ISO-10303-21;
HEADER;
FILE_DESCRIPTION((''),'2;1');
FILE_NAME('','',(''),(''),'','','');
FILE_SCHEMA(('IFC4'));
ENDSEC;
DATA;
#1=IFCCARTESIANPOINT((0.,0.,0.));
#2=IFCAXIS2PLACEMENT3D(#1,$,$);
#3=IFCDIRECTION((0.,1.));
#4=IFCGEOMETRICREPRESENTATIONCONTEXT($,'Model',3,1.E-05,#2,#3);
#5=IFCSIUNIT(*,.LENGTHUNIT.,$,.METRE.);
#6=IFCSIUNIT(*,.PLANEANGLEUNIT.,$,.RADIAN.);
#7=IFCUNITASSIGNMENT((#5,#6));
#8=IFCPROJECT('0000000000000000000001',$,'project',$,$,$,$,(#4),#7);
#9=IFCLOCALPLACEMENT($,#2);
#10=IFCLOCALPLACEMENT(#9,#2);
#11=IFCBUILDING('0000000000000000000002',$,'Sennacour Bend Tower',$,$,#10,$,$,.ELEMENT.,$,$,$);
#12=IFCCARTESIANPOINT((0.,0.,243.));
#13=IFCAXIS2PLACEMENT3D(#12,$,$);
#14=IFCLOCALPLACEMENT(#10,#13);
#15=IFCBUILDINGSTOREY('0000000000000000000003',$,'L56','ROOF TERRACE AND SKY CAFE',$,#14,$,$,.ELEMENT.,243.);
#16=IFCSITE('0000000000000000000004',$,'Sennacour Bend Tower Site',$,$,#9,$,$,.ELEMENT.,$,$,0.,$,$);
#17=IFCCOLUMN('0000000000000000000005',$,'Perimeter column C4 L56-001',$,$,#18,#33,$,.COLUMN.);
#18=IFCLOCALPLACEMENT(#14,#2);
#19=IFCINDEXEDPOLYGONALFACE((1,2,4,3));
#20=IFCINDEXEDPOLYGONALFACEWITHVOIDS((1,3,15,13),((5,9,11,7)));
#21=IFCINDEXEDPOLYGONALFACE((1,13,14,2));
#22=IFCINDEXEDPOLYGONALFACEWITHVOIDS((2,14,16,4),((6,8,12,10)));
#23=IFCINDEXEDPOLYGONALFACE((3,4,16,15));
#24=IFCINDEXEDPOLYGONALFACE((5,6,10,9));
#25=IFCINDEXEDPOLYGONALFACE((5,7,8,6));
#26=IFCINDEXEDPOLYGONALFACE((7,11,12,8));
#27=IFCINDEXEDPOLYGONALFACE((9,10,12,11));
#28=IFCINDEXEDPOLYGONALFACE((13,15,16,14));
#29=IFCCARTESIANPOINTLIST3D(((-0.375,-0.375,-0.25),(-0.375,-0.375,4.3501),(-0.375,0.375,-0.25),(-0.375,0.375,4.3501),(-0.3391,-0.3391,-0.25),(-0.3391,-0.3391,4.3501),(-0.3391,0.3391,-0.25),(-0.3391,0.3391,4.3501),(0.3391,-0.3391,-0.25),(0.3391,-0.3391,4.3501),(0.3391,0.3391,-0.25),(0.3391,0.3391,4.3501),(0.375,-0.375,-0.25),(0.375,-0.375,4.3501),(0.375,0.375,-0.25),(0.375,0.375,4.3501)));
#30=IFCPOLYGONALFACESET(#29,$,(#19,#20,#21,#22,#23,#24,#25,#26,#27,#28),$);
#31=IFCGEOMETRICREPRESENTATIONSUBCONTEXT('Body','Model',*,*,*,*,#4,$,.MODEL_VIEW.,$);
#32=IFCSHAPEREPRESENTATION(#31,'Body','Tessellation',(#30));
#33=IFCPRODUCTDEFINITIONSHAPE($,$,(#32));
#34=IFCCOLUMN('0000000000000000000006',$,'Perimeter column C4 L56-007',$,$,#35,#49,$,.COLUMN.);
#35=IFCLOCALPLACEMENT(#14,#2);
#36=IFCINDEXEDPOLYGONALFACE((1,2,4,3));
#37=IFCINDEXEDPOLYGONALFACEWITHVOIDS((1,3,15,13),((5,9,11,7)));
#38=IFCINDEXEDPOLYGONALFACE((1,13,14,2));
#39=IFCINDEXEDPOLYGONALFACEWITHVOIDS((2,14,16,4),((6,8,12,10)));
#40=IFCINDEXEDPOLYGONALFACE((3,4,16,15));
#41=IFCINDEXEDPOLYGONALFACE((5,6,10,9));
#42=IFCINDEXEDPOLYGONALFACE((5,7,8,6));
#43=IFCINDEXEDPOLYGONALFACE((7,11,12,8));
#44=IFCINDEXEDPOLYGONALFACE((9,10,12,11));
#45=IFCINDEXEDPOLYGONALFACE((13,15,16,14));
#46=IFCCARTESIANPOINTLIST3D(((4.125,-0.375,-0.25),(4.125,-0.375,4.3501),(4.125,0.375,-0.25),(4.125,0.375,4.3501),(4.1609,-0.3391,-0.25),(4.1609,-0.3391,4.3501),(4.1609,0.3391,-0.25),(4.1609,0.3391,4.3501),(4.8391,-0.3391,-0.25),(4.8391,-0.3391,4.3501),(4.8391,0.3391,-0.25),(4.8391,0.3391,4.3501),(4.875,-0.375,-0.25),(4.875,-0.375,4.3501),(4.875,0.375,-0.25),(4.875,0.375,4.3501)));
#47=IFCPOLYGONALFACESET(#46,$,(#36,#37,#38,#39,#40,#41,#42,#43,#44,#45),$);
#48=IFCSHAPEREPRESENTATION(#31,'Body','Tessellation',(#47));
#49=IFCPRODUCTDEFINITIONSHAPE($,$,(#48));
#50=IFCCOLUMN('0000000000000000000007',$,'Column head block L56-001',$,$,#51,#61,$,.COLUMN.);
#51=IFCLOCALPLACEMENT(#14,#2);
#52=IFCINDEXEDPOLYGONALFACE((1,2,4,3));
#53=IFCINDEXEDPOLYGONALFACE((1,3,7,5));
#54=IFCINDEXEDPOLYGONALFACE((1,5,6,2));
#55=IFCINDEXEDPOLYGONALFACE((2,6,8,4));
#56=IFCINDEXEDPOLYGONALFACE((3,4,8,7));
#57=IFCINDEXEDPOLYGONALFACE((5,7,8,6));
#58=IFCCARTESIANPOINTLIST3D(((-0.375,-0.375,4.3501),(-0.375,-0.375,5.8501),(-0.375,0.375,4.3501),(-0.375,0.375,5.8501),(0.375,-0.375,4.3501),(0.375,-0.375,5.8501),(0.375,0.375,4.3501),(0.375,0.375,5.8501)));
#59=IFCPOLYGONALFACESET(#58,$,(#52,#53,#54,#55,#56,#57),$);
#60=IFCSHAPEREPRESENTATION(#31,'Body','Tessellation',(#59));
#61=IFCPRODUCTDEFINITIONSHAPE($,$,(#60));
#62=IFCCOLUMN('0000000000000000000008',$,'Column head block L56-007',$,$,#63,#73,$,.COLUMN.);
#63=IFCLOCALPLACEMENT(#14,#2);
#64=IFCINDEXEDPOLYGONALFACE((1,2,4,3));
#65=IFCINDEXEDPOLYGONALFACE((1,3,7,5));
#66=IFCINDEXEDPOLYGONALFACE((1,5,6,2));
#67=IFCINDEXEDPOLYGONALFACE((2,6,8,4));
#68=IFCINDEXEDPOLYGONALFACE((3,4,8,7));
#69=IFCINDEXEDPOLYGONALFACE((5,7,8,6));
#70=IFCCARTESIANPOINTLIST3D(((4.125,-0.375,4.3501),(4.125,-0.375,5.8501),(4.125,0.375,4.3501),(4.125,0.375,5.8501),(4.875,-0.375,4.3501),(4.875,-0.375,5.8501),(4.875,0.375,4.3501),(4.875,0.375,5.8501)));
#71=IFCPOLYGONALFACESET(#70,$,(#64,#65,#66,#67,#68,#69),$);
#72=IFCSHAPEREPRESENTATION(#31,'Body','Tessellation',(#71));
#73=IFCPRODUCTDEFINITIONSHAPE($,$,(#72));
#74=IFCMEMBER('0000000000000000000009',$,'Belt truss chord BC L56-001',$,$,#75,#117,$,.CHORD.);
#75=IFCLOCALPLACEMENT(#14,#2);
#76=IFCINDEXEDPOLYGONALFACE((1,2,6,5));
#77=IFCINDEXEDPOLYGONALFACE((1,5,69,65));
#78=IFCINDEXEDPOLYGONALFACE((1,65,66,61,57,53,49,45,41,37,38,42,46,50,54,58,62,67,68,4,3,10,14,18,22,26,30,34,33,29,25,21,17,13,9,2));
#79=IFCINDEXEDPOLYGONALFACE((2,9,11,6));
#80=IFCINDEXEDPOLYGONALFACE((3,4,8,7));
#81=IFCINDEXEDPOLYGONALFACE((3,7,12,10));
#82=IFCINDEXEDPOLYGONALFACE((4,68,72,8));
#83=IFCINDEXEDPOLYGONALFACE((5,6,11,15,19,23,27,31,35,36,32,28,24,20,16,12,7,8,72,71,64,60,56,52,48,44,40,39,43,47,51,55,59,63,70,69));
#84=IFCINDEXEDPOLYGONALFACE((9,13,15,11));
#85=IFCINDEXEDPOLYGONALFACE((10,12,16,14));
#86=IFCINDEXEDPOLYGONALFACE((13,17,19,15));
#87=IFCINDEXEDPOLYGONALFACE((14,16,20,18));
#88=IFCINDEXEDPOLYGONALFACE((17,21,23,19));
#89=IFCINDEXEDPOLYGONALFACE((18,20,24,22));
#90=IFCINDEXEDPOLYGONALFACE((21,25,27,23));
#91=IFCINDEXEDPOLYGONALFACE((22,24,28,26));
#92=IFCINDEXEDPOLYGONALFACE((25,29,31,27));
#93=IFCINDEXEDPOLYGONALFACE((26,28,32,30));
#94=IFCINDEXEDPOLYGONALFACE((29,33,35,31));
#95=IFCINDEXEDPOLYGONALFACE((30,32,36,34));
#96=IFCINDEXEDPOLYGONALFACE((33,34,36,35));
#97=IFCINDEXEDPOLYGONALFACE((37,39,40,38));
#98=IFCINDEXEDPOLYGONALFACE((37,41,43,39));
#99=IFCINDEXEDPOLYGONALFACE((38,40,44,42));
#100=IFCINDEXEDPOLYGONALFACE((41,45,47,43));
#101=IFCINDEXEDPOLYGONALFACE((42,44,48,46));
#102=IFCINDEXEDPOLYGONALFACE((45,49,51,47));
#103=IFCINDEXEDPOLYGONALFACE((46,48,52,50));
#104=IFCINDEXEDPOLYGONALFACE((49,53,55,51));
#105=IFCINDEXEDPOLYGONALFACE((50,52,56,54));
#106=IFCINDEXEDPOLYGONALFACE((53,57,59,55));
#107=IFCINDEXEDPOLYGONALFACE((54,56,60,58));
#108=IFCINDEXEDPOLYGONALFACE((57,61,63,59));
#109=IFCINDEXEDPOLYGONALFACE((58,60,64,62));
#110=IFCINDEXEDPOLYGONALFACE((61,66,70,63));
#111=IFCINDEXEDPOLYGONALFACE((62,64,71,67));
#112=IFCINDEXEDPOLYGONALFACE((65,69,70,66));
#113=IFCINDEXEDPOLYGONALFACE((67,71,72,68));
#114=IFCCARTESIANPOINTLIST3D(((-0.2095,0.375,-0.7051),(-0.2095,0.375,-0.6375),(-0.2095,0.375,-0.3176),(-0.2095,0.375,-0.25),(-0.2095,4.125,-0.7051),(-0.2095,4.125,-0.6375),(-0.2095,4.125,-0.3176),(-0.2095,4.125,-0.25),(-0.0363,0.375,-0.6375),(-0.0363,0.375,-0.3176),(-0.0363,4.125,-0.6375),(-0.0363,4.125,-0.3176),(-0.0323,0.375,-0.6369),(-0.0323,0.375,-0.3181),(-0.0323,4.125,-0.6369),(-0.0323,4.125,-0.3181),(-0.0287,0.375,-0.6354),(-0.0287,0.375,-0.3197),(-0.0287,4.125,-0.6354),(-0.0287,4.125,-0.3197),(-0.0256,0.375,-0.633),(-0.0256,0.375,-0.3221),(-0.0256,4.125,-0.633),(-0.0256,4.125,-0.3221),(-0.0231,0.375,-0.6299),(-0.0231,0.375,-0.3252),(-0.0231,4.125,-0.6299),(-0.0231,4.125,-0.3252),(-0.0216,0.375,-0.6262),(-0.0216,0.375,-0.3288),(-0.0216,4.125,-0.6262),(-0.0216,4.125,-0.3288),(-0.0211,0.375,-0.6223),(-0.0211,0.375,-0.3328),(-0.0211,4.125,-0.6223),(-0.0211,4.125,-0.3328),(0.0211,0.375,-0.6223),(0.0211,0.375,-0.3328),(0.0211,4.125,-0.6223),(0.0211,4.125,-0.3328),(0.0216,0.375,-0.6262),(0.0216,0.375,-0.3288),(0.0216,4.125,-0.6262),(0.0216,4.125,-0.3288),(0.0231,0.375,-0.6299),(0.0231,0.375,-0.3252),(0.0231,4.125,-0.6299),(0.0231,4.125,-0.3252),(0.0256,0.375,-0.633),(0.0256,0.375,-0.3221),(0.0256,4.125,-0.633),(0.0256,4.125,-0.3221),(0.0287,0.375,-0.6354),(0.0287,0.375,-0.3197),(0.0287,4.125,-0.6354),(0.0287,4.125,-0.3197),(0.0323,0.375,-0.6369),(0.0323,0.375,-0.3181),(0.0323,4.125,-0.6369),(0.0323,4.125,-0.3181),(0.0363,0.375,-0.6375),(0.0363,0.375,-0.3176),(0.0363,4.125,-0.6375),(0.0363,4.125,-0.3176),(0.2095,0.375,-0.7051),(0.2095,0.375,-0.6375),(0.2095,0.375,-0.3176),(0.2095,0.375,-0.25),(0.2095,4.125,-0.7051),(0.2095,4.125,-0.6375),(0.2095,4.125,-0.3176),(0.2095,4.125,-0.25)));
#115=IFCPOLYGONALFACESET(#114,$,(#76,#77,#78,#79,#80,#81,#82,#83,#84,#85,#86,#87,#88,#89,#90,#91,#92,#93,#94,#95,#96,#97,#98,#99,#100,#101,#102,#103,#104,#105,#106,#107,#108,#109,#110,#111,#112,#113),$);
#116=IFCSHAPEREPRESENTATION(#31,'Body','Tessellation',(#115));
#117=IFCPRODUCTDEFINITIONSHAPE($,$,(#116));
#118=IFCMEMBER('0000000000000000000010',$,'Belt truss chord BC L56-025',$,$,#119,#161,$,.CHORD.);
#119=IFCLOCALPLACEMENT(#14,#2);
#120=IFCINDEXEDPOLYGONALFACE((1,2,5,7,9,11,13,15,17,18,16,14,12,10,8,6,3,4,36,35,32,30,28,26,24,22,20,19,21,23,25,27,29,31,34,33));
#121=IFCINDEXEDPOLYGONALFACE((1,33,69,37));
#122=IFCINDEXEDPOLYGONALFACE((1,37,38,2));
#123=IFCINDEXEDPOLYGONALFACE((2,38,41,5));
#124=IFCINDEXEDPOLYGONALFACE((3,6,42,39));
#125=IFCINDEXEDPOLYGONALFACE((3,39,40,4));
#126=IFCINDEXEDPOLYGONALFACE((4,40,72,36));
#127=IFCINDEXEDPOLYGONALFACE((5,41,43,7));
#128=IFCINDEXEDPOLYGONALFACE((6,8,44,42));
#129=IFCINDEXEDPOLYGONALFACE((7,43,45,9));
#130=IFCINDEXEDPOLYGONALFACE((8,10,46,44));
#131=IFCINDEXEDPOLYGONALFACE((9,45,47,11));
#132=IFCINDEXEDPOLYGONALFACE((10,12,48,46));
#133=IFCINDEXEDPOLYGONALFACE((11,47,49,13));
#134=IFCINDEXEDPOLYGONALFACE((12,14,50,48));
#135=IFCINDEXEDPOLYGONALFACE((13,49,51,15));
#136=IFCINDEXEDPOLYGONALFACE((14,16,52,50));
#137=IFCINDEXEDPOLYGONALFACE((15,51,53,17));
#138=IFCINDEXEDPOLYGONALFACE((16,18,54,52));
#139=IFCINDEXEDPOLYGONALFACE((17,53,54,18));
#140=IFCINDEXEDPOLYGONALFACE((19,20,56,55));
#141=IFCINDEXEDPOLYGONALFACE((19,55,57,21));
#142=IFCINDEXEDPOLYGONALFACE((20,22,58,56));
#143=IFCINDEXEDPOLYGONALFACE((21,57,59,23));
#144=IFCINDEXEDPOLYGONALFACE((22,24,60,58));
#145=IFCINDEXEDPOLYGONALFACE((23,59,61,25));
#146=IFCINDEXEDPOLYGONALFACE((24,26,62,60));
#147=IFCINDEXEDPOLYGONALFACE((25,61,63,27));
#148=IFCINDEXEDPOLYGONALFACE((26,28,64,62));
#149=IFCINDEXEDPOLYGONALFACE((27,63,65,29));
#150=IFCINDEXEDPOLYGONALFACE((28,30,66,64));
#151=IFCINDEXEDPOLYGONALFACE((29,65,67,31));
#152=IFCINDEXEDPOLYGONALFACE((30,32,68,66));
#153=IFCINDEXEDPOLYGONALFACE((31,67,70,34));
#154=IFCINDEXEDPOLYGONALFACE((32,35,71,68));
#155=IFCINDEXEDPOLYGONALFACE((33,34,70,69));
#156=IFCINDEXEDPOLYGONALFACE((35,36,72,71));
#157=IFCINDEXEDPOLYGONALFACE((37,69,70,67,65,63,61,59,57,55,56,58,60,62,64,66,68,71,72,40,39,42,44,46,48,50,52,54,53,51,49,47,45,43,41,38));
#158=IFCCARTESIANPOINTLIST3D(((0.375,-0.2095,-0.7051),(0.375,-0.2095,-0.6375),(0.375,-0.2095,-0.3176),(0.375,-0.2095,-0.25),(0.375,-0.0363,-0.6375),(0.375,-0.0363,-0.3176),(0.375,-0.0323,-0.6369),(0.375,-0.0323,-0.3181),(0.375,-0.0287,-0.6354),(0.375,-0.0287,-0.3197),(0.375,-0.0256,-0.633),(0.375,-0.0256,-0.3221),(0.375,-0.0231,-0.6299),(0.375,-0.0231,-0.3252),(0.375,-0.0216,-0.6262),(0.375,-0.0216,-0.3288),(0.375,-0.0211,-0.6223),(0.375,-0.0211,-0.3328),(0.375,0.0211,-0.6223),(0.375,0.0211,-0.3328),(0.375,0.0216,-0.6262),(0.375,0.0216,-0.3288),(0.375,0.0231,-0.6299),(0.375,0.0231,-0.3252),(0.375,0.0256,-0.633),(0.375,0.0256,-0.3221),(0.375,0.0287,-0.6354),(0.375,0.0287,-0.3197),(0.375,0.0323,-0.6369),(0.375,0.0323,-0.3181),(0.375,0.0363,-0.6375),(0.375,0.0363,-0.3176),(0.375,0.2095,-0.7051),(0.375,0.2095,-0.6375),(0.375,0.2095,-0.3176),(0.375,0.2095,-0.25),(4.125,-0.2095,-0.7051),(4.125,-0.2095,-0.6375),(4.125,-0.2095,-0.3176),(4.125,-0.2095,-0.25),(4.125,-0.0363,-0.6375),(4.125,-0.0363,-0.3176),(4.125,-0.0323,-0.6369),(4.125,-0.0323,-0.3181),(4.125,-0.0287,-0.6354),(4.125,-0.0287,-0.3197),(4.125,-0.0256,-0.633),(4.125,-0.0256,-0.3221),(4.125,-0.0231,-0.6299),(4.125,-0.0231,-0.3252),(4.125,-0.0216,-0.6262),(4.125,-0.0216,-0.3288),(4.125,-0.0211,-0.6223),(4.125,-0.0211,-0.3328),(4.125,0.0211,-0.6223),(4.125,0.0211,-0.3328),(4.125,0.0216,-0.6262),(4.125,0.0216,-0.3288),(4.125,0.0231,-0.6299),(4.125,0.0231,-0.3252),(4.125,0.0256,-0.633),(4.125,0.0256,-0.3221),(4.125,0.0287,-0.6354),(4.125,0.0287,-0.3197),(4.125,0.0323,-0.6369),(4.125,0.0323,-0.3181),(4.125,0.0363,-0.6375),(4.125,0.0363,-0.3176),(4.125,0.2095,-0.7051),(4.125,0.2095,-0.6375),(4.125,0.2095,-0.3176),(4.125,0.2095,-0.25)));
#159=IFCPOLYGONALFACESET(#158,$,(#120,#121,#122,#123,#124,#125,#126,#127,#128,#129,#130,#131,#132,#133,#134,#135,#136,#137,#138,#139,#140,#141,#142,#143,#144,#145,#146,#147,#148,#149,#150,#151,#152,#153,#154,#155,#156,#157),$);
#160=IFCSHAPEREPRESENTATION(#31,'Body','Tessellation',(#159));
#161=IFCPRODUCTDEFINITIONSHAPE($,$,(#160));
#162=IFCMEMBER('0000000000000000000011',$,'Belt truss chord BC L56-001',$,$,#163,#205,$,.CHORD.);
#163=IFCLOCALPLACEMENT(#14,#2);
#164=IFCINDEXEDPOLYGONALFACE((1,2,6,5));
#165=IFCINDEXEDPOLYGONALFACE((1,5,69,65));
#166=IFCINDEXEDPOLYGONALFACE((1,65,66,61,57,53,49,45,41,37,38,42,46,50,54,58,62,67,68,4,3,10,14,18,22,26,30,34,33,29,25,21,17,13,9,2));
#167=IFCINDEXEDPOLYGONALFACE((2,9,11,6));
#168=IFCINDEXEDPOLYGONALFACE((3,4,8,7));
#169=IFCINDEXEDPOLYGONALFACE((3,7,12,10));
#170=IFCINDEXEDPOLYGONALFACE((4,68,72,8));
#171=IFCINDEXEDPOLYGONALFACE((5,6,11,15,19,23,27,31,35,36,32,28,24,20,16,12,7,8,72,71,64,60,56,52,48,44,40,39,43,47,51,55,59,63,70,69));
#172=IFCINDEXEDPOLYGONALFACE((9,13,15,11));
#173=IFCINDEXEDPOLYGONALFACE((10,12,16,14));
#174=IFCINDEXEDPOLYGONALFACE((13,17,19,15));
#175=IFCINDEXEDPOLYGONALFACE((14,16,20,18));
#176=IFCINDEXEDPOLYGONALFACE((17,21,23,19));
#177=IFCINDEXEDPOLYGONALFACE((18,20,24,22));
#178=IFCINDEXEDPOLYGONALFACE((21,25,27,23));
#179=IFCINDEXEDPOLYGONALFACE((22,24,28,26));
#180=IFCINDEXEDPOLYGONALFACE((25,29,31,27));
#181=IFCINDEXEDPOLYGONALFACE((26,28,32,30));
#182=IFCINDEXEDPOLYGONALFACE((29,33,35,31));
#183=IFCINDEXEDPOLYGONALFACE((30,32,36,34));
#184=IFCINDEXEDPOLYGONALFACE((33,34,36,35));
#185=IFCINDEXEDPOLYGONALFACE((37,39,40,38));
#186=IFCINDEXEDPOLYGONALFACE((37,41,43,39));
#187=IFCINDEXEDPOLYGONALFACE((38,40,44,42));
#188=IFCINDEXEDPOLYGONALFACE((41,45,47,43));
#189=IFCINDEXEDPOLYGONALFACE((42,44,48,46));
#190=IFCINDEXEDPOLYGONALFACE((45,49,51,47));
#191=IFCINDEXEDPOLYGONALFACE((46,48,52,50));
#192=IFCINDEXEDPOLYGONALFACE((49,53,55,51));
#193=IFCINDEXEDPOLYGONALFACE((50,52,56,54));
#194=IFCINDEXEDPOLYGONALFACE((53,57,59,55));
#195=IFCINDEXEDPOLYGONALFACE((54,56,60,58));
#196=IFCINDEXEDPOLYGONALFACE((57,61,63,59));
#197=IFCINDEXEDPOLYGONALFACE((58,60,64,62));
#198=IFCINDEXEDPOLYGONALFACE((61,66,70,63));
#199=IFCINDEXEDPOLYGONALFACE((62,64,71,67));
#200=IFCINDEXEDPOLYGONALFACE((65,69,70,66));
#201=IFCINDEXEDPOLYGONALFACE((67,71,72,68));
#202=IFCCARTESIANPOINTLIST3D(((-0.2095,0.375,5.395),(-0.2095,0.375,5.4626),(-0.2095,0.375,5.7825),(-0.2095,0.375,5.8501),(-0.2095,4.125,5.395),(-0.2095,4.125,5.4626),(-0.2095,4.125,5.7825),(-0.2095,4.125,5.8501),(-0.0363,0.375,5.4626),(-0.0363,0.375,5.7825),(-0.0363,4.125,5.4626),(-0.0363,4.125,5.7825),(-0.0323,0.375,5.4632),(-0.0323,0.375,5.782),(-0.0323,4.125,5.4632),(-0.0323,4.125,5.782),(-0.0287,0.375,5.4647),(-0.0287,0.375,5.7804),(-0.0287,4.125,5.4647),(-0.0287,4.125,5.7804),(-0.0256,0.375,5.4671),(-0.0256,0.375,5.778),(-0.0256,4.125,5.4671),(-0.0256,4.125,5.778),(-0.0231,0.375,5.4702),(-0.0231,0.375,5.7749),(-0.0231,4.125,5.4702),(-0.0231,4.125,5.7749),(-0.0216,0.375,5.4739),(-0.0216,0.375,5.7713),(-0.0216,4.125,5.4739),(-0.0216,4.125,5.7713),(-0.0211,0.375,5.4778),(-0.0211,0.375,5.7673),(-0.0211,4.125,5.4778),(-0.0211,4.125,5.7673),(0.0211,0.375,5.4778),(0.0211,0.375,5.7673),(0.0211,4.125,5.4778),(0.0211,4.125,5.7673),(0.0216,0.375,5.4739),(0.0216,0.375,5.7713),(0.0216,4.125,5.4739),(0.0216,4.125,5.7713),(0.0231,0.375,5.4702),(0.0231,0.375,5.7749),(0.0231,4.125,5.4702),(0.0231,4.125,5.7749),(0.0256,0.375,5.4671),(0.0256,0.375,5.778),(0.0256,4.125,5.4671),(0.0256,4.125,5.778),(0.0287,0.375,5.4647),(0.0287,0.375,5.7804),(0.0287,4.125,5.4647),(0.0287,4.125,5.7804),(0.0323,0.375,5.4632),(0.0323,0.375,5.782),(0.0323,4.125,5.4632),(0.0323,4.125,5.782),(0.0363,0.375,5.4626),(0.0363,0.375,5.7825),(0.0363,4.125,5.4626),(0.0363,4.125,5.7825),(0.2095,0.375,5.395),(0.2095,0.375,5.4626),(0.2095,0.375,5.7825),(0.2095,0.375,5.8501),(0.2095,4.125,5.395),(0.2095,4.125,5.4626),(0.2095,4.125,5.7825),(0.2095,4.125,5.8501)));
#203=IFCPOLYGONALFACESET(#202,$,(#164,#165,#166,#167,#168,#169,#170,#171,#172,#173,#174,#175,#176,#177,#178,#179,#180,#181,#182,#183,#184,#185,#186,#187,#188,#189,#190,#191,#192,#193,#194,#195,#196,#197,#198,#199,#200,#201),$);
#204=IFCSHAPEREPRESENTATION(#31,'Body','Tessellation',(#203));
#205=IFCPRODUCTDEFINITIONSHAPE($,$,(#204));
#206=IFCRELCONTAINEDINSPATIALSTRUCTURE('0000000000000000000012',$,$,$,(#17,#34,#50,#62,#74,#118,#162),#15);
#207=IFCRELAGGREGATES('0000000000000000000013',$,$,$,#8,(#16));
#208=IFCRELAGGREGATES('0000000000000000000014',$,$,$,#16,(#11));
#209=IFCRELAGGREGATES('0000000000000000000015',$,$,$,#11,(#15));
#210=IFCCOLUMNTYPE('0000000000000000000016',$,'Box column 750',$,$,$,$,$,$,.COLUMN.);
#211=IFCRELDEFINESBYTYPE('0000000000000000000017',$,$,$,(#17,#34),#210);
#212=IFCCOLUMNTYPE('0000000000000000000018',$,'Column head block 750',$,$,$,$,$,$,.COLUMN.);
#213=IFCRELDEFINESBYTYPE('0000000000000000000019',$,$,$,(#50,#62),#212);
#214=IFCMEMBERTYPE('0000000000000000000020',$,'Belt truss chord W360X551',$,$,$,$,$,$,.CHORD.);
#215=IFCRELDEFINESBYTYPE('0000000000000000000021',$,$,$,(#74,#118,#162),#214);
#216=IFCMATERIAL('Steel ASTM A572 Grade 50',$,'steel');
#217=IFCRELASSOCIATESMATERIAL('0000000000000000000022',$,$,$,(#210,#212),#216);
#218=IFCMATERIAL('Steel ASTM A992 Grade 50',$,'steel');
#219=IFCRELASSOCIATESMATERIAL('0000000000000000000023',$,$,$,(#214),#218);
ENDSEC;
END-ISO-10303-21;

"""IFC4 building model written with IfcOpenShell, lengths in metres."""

from ifc_helpers import new_model, si_unit, direction, frame, origin, origin_2d, place, context, subcontext, project, spatial, rectangle, hollow_rectangle, i_section, extrude, material, material_profile, profile_set, type_object, element, save


model = new_model("IFC4")

# Units and contexts
model_context = context("Model", 3, precision=1e-05, world=origin(), true_north=direction((0.0, 1.0)))
body_context = subcontext(model_context, "Body", "Model", "MODEL_VIEW")
ifc_project = project(units=[si_unit("LENGTHUNIT", "METRE"), si_unit("PLANEANGLEUNIT", "RADIAN")], contexts=[model_context])

# Site, building, storey
site_placement = place(None, origin())
site = spatial("IfcSite", under=ifc_project, at=site_placement, Name="Sennacour Bend Tower Site", CompositionType="ELEMENT", RefElevation=0.0)
building_placement = place(site_placement, origin())
building = spatial("IfcBuilding", under=site, at=building_placement, Name="Sennacour Bend Tower", CompositionType="ELEMENT")
storey_placement = place(building_placement, frame((0.0, 0.0, 243.0)))
storey = spatial("IfcBuildingStorey", under=building, at=storey_placement, Name="L56", Description="ROOF TERRACE AND SKY CAFE", CompositionType="ELEMENT", Elevation=243.0)

# Columns
ifc_material_1 = material(Name="Steel ASTM A572 Grade 50", Category="steel")
ifc_material_profile_1 = material_profile(ifc_material_1, hollow_rectangle(XDim=0.75, YDim=0.75, WallThickness=0.0359, at=origin_2d()), Name="Steel ASTM A572 Grade 50", Category="steel")
ifc_profile_set_1 = profile_set([ifc_material_profile_1], Name="Steel ASTM A572 Grade 50")
column_type_1 = type_object("IfcColumnType", Name="Box column 750", PredefinedType="COLUMN", material=ifc_profile_set_1)
for number, where, z_axis, x_axis, name in (
    (1, (0.0, 0.0, -0.25), (0.0, 0.0, 1.0), (1.0, 0.0, 0.0), "Perimeter column C4 L56-001"),
    (2, (4.5, 0.0, -0.25), (0.0, 0.0, 1.0), (1.0, 0.0, 0.0), "Perimeter column C4 L56-007"),
):
    element("IfcColumn", number, at=place(storey_placement, frame(where, z_axis=z_axis, x_axis=x_axis)), inside=storey, type_object=column_type_1, Name=name, PredefinedType="COLUMN", context=body_context, shape_type="SweptSolid", body=[
        extrude(hollow_rectangle(XDim=0.75, YDim=0.75, WallThickness=0.0359, at=origin_2d()), origin(), (0.0, 0.0, 1.0), 4.6001),
    ])
ifc_material_profile_2 = material_profile(ifc_material_1, rectangle(XDim=0.75, YDim=0.75, at=origin_2d()), Name="Steel ASTM A572 Grade 50", Category="steel")
ifc_profile_set_2 = profile_set([ifc_material_profile_2], Name="Steel ASTM A572 Grade 50")
column_type_2 = type_object("IfcColumnType", Name="Column head block 750", PredefinedType="COLUMN", material=ifc_profile_set_2)
for number, where, z_axis, x_axis, name in (
    (3, (0.0, 0.0, 4.3501), (0.0, 0.0, 1.0), (1.0, 0.0, 0.0), "Column head block L56-001"),
    (4, (4.5, 0.0, 4.3501), (0.0, 0.0, 1.0), (1.0, 0.0, 0.0), "Column head block L56-007"),
):
    element("IfcColumn", number, at=place(storey_placement, frame(where, z_axis=z_axis, x_axis=x_axis)), inside=storey, type_object=column_type_2, Name=name, PredefinedType="COLUMN", context=body_context, shape_type="SweptSolid", body=[
        extrude(rectangle(XDim=0.75, YDim=0.75, at=origin_2d()), origin(), (0.0, 0.0, 1.0), 1.5),
    ])

# Members
ifc_material_2 = material(Name="Steel ASTM A992 Grade 50", Category="steel")
ifc_material_profile_3 = material_profile(ifc_material_2, i_section(OverallWidth=0.4189, OverallDepth=0.4551, WebThickness=0.0422, FlangeThickness=0.0676, FilletRadius=0.0151, at=origin_2d()), Name="Steel ASTM A992 Grade 50", Category="steel")
ifc_profile_set_3 = profile_set([ifc_material_profile_3], Name="Steel ASTM A992 Grade 50")
member_type_1 = type_object("IfcMemberType", Name="Belt truss chord W360X551", PredefinedType="CHORD", material=ifc_profile_set_3)
for number, where, z_axis, x_axis, name in (
    (5, (0.0, 0.375, -0.4775), (0.0, 1.0, 0.0), (-1.0, 0.0, 0.0), "Belt truss chord BC L56-001"),
    (6, (4.125, 0.0, -0.4775), (-1.0, 0.0, 0.0), (0.0, -1.0, 0.0), "Belt truss chord BC L56-025"),
    (7, (0.0, 0.375, 5.6226), (0.0, 1.0, 0.0), (-1.0, 0.0, 0.0), "Belt truss chord BC L56-001"),
):
    element("IfcMember", number, at=place(storey_placement, frame(where, z_axis=z_axis, x_axis=x_axis)), inside=storey, type_object=member_type_1, Name=name, PredefinedType="CHORD", context=body_context, shape_type="SweptSolid", body=[
        extrude(i_section(OverallWidth=0.4189, OverallDepth=0.4551, WebThickness=0.0422, FlangeThickness=0.0676, FilletRadius=0.0151, at=origin_2d()), origin(), (0.0, 0.0, 1.0), 3.75),
    ])

save(model, "model.ifc")
